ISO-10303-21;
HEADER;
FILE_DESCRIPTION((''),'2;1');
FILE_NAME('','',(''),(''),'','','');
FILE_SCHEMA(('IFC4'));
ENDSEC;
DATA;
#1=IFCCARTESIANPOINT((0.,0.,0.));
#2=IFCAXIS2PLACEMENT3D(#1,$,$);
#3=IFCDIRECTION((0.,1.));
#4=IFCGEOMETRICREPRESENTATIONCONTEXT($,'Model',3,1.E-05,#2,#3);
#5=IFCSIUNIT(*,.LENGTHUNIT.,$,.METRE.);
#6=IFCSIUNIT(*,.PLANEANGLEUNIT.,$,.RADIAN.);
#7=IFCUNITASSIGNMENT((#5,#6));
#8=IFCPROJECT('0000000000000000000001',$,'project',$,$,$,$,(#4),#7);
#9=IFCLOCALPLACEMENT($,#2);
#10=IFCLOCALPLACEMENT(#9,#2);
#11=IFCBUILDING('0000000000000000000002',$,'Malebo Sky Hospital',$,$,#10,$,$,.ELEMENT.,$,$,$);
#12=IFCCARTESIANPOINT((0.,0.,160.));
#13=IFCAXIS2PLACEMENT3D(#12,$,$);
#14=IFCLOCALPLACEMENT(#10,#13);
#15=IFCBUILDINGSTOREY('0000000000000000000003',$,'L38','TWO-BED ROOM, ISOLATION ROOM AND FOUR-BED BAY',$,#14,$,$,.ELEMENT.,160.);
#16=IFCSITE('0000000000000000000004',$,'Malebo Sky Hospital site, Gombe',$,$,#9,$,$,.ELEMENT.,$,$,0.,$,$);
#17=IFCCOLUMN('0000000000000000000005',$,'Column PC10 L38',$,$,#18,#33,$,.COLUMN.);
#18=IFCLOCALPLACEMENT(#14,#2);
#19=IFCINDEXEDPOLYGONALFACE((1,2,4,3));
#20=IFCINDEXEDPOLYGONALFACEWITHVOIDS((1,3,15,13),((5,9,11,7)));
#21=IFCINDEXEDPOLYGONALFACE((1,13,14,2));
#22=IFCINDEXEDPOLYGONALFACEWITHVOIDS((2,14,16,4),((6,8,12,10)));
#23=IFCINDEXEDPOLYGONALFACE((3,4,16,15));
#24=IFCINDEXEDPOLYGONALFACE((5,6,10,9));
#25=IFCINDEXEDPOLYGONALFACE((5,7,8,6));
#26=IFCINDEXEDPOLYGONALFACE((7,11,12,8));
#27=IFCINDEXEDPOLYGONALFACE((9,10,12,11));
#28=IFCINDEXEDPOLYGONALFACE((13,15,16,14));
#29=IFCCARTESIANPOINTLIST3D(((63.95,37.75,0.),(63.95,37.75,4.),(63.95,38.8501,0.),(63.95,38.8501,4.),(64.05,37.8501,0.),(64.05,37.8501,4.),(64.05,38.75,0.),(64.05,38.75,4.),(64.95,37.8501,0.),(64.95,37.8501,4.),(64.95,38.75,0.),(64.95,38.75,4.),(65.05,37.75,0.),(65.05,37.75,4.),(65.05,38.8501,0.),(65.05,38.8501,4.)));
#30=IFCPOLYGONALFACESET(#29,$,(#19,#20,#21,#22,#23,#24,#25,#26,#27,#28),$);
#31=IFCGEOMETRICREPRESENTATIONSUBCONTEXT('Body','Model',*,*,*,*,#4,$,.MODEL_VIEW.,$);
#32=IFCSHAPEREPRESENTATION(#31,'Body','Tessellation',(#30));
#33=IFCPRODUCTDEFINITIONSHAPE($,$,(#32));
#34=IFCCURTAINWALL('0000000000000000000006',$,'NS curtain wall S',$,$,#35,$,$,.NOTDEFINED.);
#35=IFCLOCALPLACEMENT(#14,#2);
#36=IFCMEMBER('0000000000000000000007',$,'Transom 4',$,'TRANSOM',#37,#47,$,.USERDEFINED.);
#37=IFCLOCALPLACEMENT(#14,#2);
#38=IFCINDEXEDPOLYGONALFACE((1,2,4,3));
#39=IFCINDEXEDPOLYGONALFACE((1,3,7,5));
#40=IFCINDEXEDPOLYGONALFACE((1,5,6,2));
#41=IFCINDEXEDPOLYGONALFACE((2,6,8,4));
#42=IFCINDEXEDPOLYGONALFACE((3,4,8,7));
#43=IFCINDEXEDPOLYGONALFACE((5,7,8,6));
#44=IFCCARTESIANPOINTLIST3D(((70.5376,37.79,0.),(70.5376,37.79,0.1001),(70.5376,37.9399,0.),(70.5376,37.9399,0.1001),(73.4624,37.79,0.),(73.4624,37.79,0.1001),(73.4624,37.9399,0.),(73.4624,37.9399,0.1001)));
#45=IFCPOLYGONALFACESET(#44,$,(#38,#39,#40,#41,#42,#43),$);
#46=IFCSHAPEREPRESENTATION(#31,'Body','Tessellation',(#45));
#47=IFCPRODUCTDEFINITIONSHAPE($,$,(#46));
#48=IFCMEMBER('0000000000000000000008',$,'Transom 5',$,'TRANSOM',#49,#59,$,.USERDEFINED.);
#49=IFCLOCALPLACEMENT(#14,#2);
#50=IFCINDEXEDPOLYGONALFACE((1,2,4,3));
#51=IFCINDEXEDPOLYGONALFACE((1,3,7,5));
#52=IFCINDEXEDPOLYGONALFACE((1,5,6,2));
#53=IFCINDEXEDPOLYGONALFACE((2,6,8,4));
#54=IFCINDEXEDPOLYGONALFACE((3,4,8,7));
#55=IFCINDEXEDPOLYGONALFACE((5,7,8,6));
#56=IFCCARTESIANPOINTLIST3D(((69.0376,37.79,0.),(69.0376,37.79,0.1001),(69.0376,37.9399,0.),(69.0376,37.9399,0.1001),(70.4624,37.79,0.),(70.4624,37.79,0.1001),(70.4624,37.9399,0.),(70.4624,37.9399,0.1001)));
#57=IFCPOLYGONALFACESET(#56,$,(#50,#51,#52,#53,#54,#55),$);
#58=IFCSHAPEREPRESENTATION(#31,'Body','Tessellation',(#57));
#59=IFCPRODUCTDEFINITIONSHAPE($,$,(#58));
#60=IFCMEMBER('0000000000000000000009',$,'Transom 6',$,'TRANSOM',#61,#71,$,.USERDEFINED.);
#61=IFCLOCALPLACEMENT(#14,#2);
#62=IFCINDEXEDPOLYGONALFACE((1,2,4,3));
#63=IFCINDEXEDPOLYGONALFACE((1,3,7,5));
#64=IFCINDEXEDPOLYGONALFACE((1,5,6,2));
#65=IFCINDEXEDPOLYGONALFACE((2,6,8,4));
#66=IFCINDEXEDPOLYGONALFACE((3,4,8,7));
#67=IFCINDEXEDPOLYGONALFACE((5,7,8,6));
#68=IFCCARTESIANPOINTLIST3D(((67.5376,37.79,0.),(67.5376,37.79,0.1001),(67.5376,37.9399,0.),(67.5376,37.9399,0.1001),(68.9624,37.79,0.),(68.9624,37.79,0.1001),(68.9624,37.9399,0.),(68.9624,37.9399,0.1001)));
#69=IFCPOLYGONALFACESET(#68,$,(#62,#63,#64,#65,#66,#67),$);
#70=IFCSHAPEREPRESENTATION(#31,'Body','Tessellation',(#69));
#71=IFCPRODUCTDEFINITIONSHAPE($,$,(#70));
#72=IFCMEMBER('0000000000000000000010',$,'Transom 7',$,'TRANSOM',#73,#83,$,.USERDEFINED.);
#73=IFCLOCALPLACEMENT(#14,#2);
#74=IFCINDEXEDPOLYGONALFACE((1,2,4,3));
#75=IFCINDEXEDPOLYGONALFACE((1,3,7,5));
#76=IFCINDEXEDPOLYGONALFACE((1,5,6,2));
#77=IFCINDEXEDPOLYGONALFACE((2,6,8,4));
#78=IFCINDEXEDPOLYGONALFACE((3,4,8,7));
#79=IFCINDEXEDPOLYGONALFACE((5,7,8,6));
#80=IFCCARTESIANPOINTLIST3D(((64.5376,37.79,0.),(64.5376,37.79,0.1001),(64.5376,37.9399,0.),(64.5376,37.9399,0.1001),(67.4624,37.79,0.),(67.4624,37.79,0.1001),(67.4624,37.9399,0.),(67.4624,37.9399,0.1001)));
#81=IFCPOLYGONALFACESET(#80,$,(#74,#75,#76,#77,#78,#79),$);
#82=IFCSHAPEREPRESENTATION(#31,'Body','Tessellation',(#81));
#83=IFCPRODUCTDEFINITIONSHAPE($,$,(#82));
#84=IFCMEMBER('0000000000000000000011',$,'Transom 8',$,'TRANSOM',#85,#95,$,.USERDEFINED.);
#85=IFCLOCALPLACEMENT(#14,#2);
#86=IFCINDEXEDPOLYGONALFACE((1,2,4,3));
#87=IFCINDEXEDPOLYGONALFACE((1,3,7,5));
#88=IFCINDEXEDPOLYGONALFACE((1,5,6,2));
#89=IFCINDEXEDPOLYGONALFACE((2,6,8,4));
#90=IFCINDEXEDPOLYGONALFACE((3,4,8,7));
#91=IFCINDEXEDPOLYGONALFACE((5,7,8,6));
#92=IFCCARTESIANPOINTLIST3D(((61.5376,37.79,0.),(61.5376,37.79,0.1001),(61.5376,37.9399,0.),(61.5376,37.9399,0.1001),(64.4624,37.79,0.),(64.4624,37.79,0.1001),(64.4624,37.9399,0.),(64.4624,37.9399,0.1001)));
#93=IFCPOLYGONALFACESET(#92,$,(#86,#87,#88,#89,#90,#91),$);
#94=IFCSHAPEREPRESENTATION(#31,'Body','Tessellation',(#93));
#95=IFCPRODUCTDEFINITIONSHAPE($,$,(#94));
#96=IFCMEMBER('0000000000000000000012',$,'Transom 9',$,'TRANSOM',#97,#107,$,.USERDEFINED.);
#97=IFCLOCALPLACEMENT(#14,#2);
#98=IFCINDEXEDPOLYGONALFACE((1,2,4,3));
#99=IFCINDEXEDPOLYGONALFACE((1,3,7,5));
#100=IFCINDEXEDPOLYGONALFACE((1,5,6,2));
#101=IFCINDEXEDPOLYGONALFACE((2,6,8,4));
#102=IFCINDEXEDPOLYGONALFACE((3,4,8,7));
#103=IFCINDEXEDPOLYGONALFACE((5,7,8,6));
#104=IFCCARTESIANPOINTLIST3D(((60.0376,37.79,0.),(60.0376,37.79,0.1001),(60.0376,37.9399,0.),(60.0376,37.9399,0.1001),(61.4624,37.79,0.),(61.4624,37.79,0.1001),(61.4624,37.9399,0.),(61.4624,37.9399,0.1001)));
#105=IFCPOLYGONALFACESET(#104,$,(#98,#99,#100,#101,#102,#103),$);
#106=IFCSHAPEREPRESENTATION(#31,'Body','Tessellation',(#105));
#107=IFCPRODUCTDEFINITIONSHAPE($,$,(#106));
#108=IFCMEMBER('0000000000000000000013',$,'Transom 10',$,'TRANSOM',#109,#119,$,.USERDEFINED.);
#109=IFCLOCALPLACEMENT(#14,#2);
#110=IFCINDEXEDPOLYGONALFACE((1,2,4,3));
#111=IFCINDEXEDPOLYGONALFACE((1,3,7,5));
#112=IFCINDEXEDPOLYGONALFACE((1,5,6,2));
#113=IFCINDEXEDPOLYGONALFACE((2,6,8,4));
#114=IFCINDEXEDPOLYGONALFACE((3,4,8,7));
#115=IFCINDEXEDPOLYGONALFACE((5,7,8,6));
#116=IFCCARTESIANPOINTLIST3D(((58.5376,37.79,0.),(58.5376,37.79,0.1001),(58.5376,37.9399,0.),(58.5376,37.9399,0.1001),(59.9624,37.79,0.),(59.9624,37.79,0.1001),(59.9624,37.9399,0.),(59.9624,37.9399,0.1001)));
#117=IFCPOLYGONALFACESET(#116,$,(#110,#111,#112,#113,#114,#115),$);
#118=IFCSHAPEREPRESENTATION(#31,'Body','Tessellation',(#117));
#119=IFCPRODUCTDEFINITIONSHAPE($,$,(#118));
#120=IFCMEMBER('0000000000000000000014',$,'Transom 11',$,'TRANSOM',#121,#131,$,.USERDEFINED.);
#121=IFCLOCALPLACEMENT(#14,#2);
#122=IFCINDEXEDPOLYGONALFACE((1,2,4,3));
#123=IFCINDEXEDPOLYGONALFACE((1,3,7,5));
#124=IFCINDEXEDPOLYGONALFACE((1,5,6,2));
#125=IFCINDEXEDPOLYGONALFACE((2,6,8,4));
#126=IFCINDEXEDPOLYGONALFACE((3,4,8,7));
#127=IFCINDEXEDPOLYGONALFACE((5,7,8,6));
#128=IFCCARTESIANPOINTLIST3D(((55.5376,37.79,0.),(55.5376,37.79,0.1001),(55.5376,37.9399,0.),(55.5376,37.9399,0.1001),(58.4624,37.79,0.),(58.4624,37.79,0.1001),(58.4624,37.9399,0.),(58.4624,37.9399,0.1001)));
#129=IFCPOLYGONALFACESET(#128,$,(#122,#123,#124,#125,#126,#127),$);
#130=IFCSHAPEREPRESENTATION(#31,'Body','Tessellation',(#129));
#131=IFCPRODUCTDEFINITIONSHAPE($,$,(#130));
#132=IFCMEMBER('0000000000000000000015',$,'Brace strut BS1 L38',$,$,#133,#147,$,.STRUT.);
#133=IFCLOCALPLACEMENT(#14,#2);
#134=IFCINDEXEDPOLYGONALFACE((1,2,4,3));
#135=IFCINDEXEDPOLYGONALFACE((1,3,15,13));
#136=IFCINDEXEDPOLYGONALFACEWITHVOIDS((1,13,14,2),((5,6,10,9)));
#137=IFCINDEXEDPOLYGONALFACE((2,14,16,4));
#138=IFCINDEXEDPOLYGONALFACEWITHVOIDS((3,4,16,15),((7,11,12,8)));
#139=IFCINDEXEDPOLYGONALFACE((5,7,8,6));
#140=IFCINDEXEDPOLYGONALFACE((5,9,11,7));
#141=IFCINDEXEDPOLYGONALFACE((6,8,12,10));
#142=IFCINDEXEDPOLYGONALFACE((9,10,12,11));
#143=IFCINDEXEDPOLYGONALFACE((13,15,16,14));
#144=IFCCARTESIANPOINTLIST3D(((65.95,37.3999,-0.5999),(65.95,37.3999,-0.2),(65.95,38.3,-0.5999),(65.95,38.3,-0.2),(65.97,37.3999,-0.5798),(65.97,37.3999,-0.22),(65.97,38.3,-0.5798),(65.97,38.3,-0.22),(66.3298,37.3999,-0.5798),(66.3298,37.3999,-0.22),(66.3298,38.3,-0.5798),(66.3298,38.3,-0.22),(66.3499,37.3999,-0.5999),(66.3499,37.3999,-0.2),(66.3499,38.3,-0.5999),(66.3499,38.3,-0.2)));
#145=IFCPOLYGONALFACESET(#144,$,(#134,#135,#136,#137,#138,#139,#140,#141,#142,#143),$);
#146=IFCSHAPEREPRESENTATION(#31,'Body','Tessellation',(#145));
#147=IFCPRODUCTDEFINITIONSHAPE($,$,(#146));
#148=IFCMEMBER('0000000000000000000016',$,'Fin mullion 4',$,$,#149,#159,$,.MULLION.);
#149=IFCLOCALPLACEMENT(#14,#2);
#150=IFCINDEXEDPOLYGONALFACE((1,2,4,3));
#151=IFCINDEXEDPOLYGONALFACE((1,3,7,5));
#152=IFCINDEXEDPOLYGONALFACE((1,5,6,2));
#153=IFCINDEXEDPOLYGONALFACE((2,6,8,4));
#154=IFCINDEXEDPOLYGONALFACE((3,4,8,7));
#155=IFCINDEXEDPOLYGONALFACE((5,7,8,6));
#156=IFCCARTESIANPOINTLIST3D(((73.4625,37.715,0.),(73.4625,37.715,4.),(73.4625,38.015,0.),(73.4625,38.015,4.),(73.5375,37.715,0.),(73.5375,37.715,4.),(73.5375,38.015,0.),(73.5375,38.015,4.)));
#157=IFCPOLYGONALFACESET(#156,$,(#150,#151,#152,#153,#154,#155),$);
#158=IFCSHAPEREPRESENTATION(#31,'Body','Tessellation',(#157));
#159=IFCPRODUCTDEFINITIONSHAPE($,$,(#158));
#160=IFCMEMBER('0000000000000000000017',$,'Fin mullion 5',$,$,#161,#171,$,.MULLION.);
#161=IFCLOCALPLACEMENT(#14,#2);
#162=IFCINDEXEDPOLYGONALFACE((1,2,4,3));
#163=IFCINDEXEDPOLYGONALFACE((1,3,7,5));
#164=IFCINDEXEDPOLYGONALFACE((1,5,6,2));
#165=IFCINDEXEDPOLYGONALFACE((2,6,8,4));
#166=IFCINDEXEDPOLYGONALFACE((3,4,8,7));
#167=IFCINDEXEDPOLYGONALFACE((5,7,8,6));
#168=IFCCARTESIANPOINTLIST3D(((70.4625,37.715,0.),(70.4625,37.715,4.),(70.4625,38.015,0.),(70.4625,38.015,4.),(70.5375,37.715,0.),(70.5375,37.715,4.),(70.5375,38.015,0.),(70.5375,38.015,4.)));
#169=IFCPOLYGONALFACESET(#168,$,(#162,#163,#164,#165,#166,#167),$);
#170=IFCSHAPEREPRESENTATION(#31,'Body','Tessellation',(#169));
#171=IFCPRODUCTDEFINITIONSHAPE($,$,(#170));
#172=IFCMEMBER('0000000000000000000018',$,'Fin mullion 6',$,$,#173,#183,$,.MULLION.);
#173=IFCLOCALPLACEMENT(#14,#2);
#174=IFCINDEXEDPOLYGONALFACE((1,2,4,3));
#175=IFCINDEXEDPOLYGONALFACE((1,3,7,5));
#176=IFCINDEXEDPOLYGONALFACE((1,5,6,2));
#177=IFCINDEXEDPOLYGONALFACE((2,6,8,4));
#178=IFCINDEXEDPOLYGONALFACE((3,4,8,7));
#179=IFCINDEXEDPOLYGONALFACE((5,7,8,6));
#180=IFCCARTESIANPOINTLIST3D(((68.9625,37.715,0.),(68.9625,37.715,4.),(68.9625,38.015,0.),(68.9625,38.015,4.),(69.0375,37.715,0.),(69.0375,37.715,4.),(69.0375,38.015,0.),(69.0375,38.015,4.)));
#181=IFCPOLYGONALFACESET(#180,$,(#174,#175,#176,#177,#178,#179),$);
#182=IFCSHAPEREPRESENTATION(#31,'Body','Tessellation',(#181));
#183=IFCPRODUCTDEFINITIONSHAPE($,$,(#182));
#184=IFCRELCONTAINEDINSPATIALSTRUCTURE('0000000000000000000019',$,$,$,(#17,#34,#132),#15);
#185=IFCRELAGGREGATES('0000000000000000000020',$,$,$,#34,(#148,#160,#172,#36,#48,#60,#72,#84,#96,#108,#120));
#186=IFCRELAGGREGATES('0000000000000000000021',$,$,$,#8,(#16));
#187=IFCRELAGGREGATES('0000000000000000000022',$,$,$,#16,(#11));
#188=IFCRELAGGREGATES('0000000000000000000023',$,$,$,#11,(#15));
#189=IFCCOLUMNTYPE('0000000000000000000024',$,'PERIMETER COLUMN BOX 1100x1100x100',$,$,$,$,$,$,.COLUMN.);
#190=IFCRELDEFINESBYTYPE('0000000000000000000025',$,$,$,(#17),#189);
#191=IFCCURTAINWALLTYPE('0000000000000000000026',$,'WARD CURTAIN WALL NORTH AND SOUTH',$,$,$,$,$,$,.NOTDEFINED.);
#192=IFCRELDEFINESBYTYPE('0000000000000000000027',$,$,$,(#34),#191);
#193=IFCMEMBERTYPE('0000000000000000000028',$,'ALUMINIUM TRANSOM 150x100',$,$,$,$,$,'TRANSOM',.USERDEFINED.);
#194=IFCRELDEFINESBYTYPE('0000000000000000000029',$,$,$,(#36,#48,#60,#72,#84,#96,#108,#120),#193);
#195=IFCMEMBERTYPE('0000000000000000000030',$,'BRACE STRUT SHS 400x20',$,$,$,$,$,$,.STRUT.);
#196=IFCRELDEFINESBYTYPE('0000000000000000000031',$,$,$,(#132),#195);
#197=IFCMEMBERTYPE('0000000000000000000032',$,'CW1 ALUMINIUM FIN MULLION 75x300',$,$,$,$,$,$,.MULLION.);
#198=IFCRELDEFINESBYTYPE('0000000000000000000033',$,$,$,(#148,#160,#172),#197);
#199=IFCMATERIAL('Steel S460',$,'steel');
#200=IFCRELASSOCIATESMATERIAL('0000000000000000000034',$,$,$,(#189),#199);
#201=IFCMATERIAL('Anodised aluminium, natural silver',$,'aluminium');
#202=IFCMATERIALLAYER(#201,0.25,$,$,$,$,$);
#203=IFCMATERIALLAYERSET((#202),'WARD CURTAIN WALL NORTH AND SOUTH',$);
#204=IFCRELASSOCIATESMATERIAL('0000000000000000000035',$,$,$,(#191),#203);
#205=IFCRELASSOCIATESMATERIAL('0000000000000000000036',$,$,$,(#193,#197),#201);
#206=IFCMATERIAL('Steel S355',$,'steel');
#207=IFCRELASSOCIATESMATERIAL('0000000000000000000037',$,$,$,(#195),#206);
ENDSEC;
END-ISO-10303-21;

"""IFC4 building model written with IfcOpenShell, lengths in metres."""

from ifc_helpers import new_model, si_unit, direction, frame, origin, origin_2d, place, context, subcontext, project, spatial, rectangle, hollow_rectangle, extrude, material, layer, layer_set, material_profile, profile_set, type_object, element, aggregate, save


model = new_model("IFC4")

# Units and contexts
model_context = context("Model", 3, precision=1e-05, world=origin(), true_north=direction((0.0, 1.0)))
body_context = subcontext(model_context, "Body", "Model", "MODEL_VIEW")
ifc_project = project(units=[si_unit("LENGTHUNIT", "METRE"), si_unit("PLANEANGLEUNIT", "RADIAN")], contexts=[model_context])

# Site, building, storey
site_placement = place(None, origin())
site = spatial("IfcSite", under=ifc_project, at=site_placement, Name="Malebo Sky Hospital site, Gombe", CompositionType="ELEMENT", RefElevation=0.0)
building_placement = place(site_placement, origin())
building = spatial("IfcBuilding", under=site, at=building_placement, Name="Malebo Sky Hospital", CompositionType="ELEMENT")
storey_placement = place(building_placement, frame((0.0, 0.0, 160.0)))
storey = spatial("IfcBuildingStorey", under=building, at=storey_placement, Name="L38", Description="TWO-BED ROOM, ISOLATION ROOM AND FOUR-BED BAY", CompositionType="ELEMENT", Elevation=160.0)

# Column
ifc_material_1 = material(Name="Steel S460", Category="steel")
ifc_material_profile_1 = material_profile(ifc_material_1, hollow_rectangle(XDim=1.1001, YDim=1.1001, WallThickness=0.1001, at=origin_2d()), Name="BOX 1100x1100x100")
ifc_profile_set_1 = profile_set([ifc_material_profile_1], Name="Steel S460")
column_type = type_object("IfcColumnType", Name="PERIMETER COLUMN BOX 1100x1100x100", PredefinedType="COLUMN", material=ifc_profile_set_1)
column_placement = place(storey_placement, frame((64.5, 38.3, 0.0), z_axis=(0.0, 0.0, 1.0), x_axis=(1.0, 0.0, 0.0)))
element("IfcColumn", 1, at=column_placement, inside=storey, type_object=column_type, Name="Column PC10 L38", PredefinedType="COLUMN", context=body_context, shape_type="SweptSolid", body=[
    extrude(hollow_rectangle(XDim=1.1001, YDim=1.1001, WallThickness=0.1001, at=origin_2d()), origin(), (0.0, 0.0, 1.0), 4.0),
])

# Curtain wall, members
ifc_material_2 = material(Name="Anodised aluminium, natural silver", Category="aluminium")
ifc_layer_1 = layer(ifc_material_2, 0.25)
ifc_layer_set_1 = layer_set([ifc_layer_1], Name="WARD CURTAIN WALL NORTH AND SOUTH")
curtain_wall_type = type_object("IfcCurtainWallType", Name="WARD CURTAIN WALL NORTH AND SOUTH", PredefinedType="NOTDEFINED", material=ifc_layer_set_1)
curtain_wall_placement = place(storey_placement, origin())
curtain_wall = element("IfcCurtainWall", 2, at=curtain_wall_placement, inside=storey, type_object=curtain_wall_type, Name="NS curtain wall S", PredefinedType="NOTDEFINED")
ifc_material_profile_2 = material_profile(ifc_material_2, rectangle(XDim=0.1499, YDim=0.1001, at=origin_2d()), Name="ALUMINIUM TRANSOM 150x100")
ifc_profile_set_2 = profile_set([ifc_material_profile_2], Name="Anodised aluminium, natural silver")
member_type_1 = type_object("IfcMemberType", Name="ALUMINIUM TRANSOM 150x100", ElementType="TRANSOM", PredefinedType="USERDEFINED", material=ifc_profile_set_2)
member_1_placement = place(storey_placement, frame((73.4624, 37.865, 0.05), z_axis=(-1.0, 0.0, 0.0), x_axis=(0.0, -1.0, 0.0)))
member_1 = element("IfcMember", 3, at=member_1_placement, type_object=member_type_1, Name="Transom 4", ObjectType="TRANSOM", PredefinedType="USERDEFINED", context=body_context, shape_type="SweptSolid", body=[
    extrude(rectangle(XDim=0.1499, YDim=0.1001, at=origin_2d()), origin(), (0.0, 0.0, 1.0), 2.9248),
])
member_2_placement = place(storey_placement, frame((70.4624, 37.865, 0.05), z_axis=(-1.0, 0.0, 0.0), x_axis=(0.0, -1.0, 0.0)))
member_2 = element("IfcMember", 4, at=member_2_placement, type_object=member_type_1, Name="Transom 5", ObjectType="TRANSOM", PredefinedType="USERDEFINED", context=body_context, shape_type="SweptSolid", body=[
    extrude(rectangle(XDim=0.1499, YDim=0.1001, at=origin_2d()), origin(), (0.0, 0.0, 1.0), 1.4248),
])
member_3_placement = place(storey_placement, frame((68.9624, 37.865, 0.05), z_axis=(-1.0, 0.0, 0.0), x_axis=(0.0, -1.0, 0.0)))
member_3 = element("IfcMember", 5, at=member_3_placement, type_object=member_type_1, Name="Transom 6", ObjectType="TRANSOM", PredefinedType="USERDEFINED", context=body_context, shape_type="SweptSolid", body=[
    extrude(rectangle(XDim=0.1499, YDim=0.1001, at=origin_2d()), origin(), (0.0, 0.0, 1.0), 1.4248),
])
member_4_placement = place(storey_placement, frame((67.4624, 37.865, 0.05), z_axis=(-1.0, 0.0, 0.0), x_axis=(0.0, -1.0, 0.0)))
member_4 = element("IfcMember", 6, at=member_4_placement, type_object=member_type_1, Name="Transom 7", ObjectType="TRANSOM", PredefinedType="USERDEFINED", context=body_context, shape_type="SweptSolid", body=[
    extrude(rectangle(XDim=0.1499, YDim=0.1001, at=origin_2d()), origin(), (0.0, 0.0, 1.0), 2.9248),
])
member_5_placement = place(storey_placement, frame((64.4624, 37.865, 0.05), z_axis=(-1.0, 0.0, 0.0), x_axis=(0.0, -1.0, 0.0)))
member_5 = element("IfcMember", 7, at=member_5_placement, type_object=member_type_1, Name="Transom 8", ObjectType="TRANSOM", PredefinedType="USERDEFINED", context=body_context, shape_type="SweptSolid", body=[
    extrude(rectangle(XDim=0.1499, YDim=0.1001, at=origin_2d()), origin(), (0.0, 0.0, 1.0), 2.9248),
])
member_6_placement = place(storey_placement, frame((61.4624, 37.865, 0.05), z_axis=(-1.0, 0.0, 0.0), x_axis=(0.0, -1.0, 0.0)))
member_6 = element("IfcMember", 8, at=member_6_placement, type_object=member_type_1, Name="Transom 9", ObjectType="TRANSOM", PredefinedType="USERDEFINED", context=body_context, shape_type="SweptSolid", body=[
    extrude(rectangle(XDim=0.1499, YDim=0.1001, at=origin_2d()), origin(), (0.0, 0.0, 1.0), 1.4248),
])
member_7_placement = place(storey_placement, frame((59.9624, 37.865, 0.05), z_axis=(-1.0, 0.0, 0.0), x_axis=(0.0, -1.0, 0.0)))
member_7 = element("IfcMember", 9, at=member_7_placement, type_object=member_type_1, Name="Transom 10", ObjectType="TRANSOM", PredefinedType="USERDEFINED", context=body_context, shape_type="SweptSolid", body=[
    extrude(rectangle(XDim=0.1499, YDim=0.1001, at=origin_2d()), origin(), (0.0, 0.0, 1.0), 1.4248),
])
member_8_placement = place(storey_placement, frame((58.4624, 37.865, 0.05), z_axis=(-1.0, 0.0, 0.0), x_axis=(0.0, -1.0, 0.0)))
member_8 = element("IfcMember", 10, at=member_8_placement, type_object=member_type_1, Name="Transom 11", ObjectType="TRANSOM", PredefinedType="USERDEFINED", context=body_context, shape_type="SweptSolid", body=[
    extrude(rectangle(XDim=0.1499, YDim=0.1001, at=origin_2d()), origin(), (0.0, 0.0, 1.0), 2.9248),
])

# Members
ifc_material_3 = material(Name="Steel S355", Category="steel")
ifc_material_profile_3 = material_profile(ifc_material_3, hollow_rectangle(XDim=0.3999, YDim=0.3999, WallThickness=0.02, at=origin_2d()), Name="SHS 400x20")
ifc_profile_set_3 = profile_set([ifc_material_profile_3], Name="Steel S355")
member_type_2 = type_object("IfcMemberType", Name="BRACE STRUT SHS 400x20", PredefinedType="STRUT", material=ifc_profile_set_3)
member_9_placement = place(storey_placement, frame((66.1499, 37.3999, -0.3999), z_axis=(0.0, 1.0, 0.0), x_axis=(-1.0, 0.0, 0.0)))
element("IfcMember", 11, at=member_9_placement, inside=storey, type_object=member_type_2, Name="Brace strut BS1 L38", PredefinedType="STRUT", context=body_context, shape_type="SweptSolid", body=[
    extrude(hollow_rectangle(XDim=0.3999, YDim=0.3999, WallThickness=0.02, at=origin_2d()), origin(), (0.0, 0.0, 1.0), 0.9001),
])
ifc_material_profile_4 = material_profile(ifc_material_2, rectangle(XDim=0.075, YDim=0.3, at=origin_2d()), Name="CW1 ALUMINIUM FIN MULLION 75x300")
ifc_profile_set_4 = profile_set([ifc_material_profile_4], Name="Anodised aluminium, natural silver")
member_type_3 = type_object("IfcMemberType", Name="CW1 ALUMINIUM FIN MULLION 75x300", PredefinedType="MULLION", material=ifc_profile_set_4)
member_10_placement = place(storey_placement, frame((73.5, 37.865, 0.0), z_axis=(0.0, 0.0, 1.0), x_axis=(-1.0, 0.0, 0.0)))
member_10 = element("IfcMember", 12, at=member_10_placement, type_object=member_type_3, Name="Fin mullion 4", PredefinedType="MULLION", context=body_context, shape_type="SweptSolid", body=[
    extrude(rectangle(XDim=0.075, YDim=0.3, at=origin_2d()), origin(), (0.0, 0.0, 1.0), 4.0),
])
member_11_placement = place(storey_placement, frame((70.5, 37.865, 0.0), z_axis=(0.0, 0.0, 1.0), x_axis=(-1.0, 0.0, 0.0)))
member_11 = element("IfcMember", 13, at=member_11_placement, type_object=member_type_3, Name="Fin mullion 5", PredefinedType="MULLION", context=body_context, shape_type="SweptSolid", body=[
    extrude(rectangle(XDim=0.075, YDim=0.3, at=origin_2d()), origin(), (0.0, 0.0, 1.0), 4.0),
])
member_12_placement = place(storey_placement, frame((69.0, 37.865, 0.0), z_axis=(0.0, 0.0, 1.0), x_axis=(-1.0, 0.0, 0.0)))
member_12 = element("IfcMember", 14, at=member_12_placement, type_object=member_type_3, Name="Fin mullion 6", PredefinedType="MULLION", context=body_context, shape_type="SweptSolid", body=[
    extrude(rectangle(XDim=0.075, YDim=0.3, at=origin_2d()), origin(), (0.0, 0.0, 1.0), 4.0),
])

aggregate(curtain_wall, [member_10, member_11, member_12, member_1, member_2, member_3, member_4, member_5, member_6, member_7, member_8])

save(model, "model.ifc")
